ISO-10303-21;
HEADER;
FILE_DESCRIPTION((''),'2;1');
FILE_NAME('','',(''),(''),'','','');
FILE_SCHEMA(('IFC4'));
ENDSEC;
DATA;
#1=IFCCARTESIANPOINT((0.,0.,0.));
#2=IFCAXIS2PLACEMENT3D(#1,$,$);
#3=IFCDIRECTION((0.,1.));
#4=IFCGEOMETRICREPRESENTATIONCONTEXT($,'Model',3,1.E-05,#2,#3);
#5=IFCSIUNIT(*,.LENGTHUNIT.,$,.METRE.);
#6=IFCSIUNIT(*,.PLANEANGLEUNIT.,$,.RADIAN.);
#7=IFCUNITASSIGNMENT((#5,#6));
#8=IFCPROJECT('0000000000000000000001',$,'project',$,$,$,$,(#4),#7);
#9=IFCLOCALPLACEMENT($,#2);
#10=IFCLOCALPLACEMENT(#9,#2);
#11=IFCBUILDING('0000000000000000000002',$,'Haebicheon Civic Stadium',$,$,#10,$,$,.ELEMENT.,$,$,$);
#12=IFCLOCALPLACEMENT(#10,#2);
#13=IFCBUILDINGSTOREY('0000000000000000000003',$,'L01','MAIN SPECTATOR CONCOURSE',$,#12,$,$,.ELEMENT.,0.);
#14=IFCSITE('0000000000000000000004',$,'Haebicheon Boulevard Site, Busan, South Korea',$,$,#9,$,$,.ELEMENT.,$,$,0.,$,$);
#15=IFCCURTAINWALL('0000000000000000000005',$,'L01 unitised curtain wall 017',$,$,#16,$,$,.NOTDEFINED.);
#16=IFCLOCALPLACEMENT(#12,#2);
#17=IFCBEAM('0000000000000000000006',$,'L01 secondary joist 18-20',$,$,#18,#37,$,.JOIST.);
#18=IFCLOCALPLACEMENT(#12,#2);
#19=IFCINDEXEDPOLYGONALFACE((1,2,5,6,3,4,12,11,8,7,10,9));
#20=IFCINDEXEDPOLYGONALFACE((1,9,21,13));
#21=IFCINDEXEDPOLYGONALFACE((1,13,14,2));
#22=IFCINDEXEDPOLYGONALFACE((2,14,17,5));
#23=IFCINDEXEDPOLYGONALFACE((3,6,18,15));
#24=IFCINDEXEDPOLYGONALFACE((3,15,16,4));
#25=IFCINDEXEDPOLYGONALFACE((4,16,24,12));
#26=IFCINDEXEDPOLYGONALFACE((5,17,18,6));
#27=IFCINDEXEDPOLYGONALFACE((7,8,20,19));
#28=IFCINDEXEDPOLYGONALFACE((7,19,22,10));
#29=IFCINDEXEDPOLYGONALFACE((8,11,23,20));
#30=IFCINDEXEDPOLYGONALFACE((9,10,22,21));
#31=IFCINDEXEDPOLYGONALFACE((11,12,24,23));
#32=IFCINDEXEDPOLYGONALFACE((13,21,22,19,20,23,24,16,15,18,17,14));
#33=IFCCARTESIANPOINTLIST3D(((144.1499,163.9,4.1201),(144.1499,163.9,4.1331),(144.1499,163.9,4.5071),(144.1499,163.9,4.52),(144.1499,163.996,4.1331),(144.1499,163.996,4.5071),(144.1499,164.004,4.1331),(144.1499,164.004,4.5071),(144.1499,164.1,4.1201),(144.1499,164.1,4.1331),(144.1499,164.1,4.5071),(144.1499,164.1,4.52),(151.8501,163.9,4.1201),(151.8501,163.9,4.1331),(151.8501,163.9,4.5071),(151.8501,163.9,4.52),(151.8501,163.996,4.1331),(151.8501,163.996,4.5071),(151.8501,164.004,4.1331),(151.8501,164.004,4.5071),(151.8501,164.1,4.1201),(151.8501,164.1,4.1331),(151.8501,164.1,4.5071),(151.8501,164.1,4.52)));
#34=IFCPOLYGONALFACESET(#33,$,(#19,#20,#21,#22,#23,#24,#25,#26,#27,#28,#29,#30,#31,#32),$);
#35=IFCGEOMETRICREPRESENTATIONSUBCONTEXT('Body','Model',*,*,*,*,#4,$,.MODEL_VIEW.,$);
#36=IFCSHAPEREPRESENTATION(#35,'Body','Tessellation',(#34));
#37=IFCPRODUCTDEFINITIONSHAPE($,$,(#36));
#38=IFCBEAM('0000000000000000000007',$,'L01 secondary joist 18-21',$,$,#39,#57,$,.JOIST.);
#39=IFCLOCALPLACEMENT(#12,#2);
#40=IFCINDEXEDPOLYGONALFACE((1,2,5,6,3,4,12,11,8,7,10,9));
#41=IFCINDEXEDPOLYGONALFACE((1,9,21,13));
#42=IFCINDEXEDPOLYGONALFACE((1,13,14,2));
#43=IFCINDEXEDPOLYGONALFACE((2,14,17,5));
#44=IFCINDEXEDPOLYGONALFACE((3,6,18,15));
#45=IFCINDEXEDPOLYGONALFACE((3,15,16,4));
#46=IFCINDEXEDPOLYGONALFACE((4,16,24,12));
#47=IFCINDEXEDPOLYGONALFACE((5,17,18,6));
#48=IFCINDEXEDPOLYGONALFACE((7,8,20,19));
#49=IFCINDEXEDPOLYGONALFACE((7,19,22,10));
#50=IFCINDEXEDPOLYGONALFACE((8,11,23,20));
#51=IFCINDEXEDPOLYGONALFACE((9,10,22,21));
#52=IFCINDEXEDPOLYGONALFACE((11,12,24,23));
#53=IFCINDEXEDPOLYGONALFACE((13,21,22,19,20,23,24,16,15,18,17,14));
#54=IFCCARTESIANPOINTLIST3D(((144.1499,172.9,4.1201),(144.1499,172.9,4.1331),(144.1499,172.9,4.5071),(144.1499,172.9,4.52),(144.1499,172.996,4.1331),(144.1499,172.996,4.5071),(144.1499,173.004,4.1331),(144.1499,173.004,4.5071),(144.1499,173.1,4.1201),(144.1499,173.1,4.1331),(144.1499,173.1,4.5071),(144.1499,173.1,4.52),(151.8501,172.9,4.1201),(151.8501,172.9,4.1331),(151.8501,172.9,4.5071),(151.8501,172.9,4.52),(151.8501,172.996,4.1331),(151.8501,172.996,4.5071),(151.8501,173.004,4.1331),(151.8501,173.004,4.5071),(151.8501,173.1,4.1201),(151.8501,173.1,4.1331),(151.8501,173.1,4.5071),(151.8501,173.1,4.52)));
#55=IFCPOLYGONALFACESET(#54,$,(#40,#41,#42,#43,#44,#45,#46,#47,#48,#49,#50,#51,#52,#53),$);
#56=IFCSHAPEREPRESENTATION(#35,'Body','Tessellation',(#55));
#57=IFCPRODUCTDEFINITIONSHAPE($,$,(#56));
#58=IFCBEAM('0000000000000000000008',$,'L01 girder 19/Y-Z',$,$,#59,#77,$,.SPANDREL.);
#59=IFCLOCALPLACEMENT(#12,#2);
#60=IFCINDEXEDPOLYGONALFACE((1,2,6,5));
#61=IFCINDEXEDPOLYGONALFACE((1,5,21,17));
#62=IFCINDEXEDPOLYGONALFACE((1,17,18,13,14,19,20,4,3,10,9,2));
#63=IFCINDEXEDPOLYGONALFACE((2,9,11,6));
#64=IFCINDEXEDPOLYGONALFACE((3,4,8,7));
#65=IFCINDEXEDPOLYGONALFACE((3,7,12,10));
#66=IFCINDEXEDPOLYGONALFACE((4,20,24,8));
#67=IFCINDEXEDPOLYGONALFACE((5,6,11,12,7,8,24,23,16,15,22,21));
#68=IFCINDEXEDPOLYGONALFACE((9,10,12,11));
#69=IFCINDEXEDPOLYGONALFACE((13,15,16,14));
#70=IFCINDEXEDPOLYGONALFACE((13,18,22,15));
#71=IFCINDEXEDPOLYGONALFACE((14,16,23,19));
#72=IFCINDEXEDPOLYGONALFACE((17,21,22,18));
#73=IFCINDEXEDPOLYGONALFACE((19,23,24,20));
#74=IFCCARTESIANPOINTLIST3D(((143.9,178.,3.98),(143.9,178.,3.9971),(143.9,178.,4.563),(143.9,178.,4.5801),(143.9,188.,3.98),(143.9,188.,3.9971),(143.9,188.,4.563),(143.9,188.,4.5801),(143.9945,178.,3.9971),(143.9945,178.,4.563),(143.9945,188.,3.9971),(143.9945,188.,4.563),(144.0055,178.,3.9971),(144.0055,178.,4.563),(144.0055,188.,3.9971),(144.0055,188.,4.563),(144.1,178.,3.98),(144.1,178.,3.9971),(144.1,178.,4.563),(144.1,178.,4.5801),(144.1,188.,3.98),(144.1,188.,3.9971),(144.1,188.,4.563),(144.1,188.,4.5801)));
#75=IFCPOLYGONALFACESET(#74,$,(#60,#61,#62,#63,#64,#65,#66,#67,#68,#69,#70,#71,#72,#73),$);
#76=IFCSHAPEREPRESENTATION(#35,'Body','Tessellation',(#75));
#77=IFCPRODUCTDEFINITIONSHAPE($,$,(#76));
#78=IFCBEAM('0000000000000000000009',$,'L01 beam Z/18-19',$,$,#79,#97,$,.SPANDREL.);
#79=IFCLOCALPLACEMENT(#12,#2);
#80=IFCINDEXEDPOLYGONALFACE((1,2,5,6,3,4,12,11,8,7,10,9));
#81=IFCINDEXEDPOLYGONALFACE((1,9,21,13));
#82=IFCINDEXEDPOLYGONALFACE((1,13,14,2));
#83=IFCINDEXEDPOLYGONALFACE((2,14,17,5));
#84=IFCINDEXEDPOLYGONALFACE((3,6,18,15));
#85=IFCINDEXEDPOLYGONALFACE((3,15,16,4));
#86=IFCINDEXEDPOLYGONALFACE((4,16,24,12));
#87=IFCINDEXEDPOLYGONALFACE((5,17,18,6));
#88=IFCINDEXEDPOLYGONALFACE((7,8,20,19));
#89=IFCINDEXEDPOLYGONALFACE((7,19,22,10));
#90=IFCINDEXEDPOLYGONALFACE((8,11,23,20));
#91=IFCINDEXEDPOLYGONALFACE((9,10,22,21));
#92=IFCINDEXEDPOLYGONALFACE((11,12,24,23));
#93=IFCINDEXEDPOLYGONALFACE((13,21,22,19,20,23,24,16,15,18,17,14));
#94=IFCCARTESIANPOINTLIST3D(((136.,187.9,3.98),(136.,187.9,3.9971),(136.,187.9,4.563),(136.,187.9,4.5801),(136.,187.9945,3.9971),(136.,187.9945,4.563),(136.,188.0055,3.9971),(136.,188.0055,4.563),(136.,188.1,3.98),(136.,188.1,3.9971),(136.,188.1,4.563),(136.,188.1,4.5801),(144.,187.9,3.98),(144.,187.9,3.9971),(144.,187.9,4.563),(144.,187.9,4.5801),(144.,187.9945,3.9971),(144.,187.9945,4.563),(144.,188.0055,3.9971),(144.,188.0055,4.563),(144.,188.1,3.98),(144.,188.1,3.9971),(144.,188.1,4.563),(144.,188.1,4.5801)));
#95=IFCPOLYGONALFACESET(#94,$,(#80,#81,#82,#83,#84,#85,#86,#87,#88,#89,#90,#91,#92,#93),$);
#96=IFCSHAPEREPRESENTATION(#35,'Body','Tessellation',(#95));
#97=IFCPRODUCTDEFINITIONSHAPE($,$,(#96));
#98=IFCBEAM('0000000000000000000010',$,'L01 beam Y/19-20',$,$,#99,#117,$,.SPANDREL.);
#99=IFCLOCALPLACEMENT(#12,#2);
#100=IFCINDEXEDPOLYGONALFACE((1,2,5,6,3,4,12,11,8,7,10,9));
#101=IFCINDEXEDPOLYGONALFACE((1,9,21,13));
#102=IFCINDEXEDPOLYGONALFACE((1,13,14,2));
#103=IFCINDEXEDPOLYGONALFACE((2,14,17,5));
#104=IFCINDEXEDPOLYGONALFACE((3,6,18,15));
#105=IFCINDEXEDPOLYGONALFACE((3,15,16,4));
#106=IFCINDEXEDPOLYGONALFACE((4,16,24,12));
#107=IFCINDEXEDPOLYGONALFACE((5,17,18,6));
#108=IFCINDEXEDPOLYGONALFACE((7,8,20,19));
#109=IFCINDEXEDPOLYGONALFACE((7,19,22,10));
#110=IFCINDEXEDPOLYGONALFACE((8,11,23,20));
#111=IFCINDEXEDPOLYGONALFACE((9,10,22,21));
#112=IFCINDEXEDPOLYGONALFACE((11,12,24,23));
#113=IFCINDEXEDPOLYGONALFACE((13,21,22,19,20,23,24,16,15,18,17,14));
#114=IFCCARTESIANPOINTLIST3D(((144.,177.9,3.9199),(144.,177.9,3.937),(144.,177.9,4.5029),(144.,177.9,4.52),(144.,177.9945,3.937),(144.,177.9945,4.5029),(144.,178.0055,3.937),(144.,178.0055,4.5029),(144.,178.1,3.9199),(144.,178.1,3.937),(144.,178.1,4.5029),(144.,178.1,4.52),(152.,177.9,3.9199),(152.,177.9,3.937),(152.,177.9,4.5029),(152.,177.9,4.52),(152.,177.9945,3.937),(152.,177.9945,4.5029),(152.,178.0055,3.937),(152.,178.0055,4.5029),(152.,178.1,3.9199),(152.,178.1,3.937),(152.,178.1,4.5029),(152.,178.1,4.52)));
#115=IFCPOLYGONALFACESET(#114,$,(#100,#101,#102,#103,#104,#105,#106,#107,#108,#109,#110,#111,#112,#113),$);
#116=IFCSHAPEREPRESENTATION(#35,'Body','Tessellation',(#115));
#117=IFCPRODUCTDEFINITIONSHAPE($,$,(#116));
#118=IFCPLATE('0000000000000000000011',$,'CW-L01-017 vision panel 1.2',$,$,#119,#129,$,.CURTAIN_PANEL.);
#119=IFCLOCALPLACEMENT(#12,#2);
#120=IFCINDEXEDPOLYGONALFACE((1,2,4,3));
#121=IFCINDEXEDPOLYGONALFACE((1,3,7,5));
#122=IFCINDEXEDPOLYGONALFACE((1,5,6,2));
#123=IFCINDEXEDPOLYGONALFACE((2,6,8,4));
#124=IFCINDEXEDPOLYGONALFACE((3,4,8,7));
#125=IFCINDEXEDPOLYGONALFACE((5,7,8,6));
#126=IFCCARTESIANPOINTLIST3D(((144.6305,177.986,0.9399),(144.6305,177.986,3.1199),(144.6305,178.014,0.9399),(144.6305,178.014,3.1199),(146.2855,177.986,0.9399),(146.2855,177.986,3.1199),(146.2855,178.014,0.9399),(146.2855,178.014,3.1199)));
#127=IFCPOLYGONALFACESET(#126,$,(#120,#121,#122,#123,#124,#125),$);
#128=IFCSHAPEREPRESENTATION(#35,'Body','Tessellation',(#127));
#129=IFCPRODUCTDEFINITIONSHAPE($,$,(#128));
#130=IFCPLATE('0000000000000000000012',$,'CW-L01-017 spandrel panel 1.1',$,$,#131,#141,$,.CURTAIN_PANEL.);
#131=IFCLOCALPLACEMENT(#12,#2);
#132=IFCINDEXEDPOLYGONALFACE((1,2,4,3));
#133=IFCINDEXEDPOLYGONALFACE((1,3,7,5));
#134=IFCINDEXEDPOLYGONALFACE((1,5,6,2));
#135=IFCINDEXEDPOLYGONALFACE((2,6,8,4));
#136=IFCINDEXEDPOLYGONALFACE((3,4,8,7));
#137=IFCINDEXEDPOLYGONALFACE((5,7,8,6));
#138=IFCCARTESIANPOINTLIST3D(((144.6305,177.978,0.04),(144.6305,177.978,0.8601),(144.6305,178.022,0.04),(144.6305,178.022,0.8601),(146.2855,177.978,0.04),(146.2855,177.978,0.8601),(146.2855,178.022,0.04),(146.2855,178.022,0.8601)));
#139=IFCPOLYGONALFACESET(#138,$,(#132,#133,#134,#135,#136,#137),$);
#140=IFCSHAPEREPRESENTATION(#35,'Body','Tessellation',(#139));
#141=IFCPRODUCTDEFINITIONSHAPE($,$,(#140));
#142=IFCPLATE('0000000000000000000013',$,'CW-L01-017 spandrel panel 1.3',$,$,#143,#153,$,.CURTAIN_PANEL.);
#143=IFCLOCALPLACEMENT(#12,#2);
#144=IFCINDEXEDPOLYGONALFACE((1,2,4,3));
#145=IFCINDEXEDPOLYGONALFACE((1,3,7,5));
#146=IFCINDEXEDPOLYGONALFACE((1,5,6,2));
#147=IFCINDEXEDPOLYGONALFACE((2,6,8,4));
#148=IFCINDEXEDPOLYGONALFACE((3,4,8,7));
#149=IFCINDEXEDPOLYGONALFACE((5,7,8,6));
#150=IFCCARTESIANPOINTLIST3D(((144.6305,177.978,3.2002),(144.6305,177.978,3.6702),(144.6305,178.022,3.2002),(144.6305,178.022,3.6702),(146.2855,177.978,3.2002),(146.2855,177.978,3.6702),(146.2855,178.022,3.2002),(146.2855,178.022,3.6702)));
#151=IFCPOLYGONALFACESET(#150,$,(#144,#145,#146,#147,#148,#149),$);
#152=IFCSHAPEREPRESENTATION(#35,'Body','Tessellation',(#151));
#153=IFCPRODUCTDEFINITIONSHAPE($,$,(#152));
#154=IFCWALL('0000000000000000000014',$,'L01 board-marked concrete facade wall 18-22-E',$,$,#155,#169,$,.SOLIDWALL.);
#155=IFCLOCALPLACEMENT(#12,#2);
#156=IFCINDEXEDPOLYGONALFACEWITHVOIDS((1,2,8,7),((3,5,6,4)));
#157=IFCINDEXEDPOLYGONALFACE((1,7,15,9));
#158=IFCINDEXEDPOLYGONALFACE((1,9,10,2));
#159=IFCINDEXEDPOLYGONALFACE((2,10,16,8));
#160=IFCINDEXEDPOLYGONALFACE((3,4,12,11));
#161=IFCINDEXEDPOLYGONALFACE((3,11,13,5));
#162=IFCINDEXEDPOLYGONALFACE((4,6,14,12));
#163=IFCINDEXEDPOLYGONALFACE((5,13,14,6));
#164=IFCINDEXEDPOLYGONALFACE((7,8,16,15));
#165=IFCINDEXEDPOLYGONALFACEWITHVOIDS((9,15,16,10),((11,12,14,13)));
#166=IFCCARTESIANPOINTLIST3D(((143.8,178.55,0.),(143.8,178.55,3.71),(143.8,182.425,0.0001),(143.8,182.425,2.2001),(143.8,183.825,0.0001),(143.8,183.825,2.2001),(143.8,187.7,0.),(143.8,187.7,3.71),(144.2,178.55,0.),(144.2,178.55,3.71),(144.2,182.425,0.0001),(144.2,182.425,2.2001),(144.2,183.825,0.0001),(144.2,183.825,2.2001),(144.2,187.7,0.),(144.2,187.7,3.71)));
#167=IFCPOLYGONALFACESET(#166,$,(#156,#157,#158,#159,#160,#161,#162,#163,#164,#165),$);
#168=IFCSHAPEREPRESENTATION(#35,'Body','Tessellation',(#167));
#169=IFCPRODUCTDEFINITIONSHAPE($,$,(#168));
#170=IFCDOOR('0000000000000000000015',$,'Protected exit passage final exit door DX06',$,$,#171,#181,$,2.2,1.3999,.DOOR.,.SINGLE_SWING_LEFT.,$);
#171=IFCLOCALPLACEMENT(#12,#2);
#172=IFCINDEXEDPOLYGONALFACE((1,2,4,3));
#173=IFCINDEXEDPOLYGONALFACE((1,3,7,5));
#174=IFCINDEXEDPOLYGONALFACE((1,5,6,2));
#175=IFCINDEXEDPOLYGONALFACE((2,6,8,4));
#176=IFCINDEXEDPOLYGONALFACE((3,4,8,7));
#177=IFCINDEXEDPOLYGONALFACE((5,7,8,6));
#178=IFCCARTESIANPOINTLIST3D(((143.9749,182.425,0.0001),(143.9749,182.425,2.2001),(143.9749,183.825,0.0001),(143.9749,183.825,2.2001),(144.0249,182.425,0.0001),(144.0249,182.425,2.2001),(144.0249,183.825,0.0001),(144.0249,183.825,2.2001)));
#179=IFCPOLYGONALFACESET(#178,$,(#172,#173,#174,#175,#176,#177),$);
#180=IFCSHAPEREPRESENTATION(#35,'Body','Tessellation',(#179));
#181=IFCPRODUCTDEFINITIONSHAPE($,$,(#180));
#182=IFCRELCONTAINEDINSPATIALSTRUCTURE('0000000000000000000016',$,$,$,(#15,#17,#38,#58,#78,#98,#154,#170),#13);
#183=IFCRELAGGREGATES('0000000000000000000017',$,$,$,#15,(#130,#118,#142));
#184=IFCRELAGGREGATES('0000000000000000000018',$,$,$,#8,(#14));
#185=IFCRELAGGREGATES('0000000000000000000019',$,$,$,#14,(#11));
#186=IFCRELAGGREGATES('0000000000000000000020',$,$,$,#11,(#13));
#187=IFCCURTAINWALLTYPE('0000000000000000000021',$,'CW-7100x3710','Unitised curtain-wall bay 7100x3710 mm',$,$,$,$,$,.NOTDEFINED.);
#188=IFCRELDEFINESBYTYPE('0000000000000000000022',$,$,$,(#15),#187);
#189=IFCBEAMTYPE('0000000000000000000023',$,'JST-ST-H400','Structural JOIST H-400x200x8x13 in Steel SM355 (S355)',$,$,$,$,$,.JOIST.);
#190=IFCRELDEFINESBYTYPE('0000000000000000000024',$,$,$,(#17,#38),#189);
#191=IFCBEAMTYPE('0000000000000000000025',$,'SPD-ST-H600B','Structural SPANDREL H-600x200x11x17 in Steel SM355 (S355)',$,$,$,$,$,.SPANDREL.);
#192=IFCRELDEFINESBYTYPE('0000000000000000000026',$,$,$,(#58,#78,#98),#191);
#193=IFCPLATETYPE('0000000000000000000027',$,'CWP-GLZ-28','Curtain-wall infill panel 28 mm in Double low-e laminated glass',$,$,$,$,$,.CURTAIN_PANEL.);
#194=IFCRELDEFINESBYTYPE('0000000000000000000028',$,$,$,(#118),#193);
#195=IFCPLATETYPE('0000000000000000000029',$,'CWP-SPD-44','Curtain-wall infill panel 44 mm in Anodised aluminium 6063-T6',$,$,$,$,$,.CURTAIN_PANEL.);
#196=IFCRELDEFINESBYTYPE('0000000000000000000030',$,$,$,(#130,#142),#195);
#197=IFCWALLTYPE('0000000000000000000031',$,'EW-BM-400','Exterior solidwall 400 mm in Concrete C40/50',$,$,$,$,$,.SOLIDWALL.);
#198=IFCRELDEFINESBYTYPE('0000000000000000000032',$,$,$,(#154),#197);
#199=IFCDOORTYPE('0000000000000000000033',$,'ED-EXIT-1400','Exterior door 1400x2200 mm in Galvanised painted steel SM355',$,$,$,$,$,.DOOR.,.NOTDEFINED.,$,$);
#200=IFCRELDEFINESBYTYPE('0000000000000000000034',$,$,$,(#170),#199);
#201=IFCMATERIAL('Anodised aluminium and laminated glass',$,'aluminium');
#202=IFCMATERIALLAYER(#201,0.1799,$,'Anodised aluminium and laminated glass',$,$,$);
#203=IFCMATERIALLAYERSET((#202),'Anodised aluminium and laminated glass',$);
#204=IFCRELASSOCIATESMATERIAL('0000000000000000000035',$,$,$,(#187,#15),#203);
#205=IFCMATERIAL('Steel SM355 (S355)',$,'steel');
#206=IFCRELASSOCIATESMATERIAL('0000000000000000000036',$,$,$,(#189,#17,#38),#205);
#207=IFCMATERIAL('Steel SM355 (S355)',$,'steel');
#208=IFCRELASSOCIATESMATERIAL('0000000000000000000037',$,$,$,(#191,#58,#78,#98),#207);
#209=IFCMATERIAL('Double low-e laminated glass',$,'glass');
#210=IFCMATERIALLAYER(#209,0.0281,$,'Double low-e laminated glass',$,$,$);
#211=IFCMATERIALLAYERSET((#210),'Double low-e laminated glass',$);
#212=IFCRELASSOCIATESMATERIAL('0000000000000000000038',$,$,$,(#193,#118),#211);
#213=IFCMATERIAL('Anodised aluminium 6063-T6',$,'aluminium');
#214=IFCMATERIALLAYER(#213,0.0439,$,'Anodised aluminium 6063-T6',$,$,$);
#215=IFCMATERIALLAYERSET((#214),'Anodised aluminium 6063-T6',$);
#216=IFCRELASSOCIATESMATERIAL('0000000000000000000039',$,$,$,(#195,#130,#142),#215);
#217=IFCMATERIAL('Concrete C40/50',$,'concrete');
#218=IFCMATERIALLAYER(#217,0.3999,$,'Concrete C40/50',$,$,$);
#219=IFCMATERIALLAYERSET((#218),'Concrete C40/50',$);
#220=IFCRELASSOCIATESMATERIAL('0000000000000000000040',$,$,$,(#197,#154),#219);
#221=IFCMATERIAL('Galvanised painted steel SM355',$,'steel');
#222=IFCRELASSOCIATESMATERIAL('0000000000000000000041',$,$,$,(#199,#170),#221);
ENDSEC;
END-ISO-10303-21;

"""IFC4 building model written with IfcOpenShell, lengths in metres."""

from ifc_helpers import new_model, si_unit, direction, frame, frame_2d, origin, origin_2d, place, context, subcontext, project, spatial, rectangle, i_section, extrude, material, layer, layer_set, material_profile, profile_set, type_object, element, fill, aggregate, save


model = new_model("IFC4")

# Units and contexts
model_context = context("Model", 3, precision=1e-05, world=origin(), true_north=direction((0.0, 1.0)))
body_context = subcontext(model_context, "Body", "Model", "MODEL_VIEW")
ifc_project = project(units=[si_unit("LENGTHUNIT", "METRE"), si_unit("PLANEANGLEUNIT", "RADIAN")], contexts=[model_context])

# Site, building, storey
site_placement = place(None, origin())
site = spatial("IfcSite", under=ifc_project, at=site_placement, Name="Haebicheon Boulevard Site, Busan, South Korea", CompositionType="ELEMENT", RefElevation=0.0)
building_placement = place(site_placement, origin())
building = spatial("IfcBuilding", under=site, at=building_placement, Name="Haebicheon Civic Stadium", CompositionType="ELEMENT")
storey_placement = place(building_placement, origin())
storey = spatial("IfcBuildingStorey", under=building, at=storey_placement, Name="L01", Description="MAIN SPECTATOR CONCOURSE", CompositionType="ELEMENT", Elevation=0.0)

# Curtain wall
ifc_material_1 = material(Name="Anodised aluminium and laminated glass", Category="aluminium")
ifc_layer_1 = layer(ifc_material_1, 0.1799, Name="Anodised aluminium and laminated glass")
ifc_layer_set_1 = layer_set([ifc_layer_1], Name="Anodised aluminium and laminated glass")
curtain_wall_type = type_object("IfcCurtainWallType", Name="CW-7100x3710", Description="Unitised curtain-wall bay 7100x3710 mm", PredefinedType="NOTDEFINED", material=ifc_layer_set_1)
curtain_wall_placement = place(storey_placement, origin())
curtain_wall = element("IfcCurtainWall", 1, at=curtain_wall_placement, inside=storey, type_object=curtain_wall_type, material=ifc_layer_set_1, Name="L01 unitised curtain wall 017", PredefinedType="NOTDEFINED")

# Beams
ifc_material_2 = material(Name="Steel SM355 (S355)", Category="steel")
ifc_material_profile_1 = material_profile(ifc_material_2, i_section(OverallWidth=0.2, OverallDepth=0.3999, WebThickness=0.0081, FlangeThickness=0.0129, at=origin_2d()), Name="H-400x200x8x13")
ifc_profile_set_1 = profile_set([ifc_material_profile_1], Name="Steel SM355 (S355)")
beam_type_1 = type_object("IfcBeamType", Name="JST-ST-H400", Description="Structural JOIST H-400x200x8x13 in Steel SM355 (S355)", PredefinedType="JOIST", material=ifc_profile_set_1)
for number, where, z_axis, x_axis, name in (
    (2, (144.1499, 164.0, 4.3201), (1.0, 0.0, 0.0), (0.0, 1.0, 0.0), "L01 secondary joist 18-20"),
    (3, (144.1499, 173.0, 4.3201), (1.0, 0.0, 0.0), (0.0, 1.0, 0.0), "L01 secondary joist 18-21"),
):
    element("IfcBeam", number, at=place(storey_placement, frame(where, z_axis=z_axis, x_axis=x_axis)), inside=storey, type_object=beam_type_1, material=ifc_profile_set_1, Name=name, PredefinedType="JOIST", context=body_context, shape_type="SweptSolid", body=[
        extrude(i_section(OverallWidth=0.2, OverallDepth=0.3999, WebThickness=0.0081, FlangeThickness=0.0129, at=origin_2d()), origin(), (0.0, 0.0, 1.0), 7.7002),
    ])
ifc_material_3 = material(Name="Steel SM355 (S355)", Category="steel")
ifc_material_profile_2 = material_profile(ifc_material_3, i_section(OverallWidth=0.2, OverallDepth=0.6001, WebThickness=0.011, FlangeThickness=0.0171, at=origin_2d()), Name="H-600x200x11x17")
ifc_profile_set_2 = profile_set([ifc_material_profile_2], Name="Steel SM355 (S355)")
beam_type_2 = type_object("IfcBeamType", Name="SPD-ST-H600B", Description="Structural SPANDREL H-600x200x11x17 in Steel SM355 (S355)", PredefinedType="SPANDREL", material=ifc_profile_set_2)
beam_1_placement = place(storey_placement, frame((144.0, 178.0, 4.28), z_axis=(0.0, 1.0, 0.0), x_axis=(-1.0, 0.0, 0.0)))
element("IfcBeam", 4, at=beam_1_placement, inside=storey, type_object=beam_type_2, material=ifc_profile_set_2, Name="L01 girder 19/Y-Z", PredefinedType="SPANDREL", context=body_context, shape_type="SweptSolid", body=[
    extrude(i_section(OverallWidth=0.2, OverallDepth=0.6001, WebThickness=0.011, FlangeThickness=0.0171, at=origin_2d()), origin(), (0.0, 0.0, 1.0), 10.0),
])
for number, where, z_axis, x_axis, name in (
    (5, (136.0, 188.0, 4.28), (1.0, 0.0, 0.0), (0.0, 1.0, 0.0), "L01 beam Z/18-19"),
    (6, (144.0, 178.0, 4.22), (1.0, 0.0, 0.0), (0.0, 1.0, 0.0), "L01 beam Y/19-20"),
):
    element("IfcBeam", number, at=place(storey_placement, frame(where, z_axis=z_axis, x_axis=x_axis)), inside=storey, type_object=beam_type_2, material=ifc_profile_set_2, Name=name, PredefinedType="SPANDREL", context=body_context, shape_type="SweptSolid", body=[
        extrude(i_section(OverallWidth=0.2, OverallDepth=0.6001, WebThickness=0.011, FlangeThickness=0.0171, at=origin_2d()), origin(), (0.0, 0.0, 1.0), 8.0),
    ])

# Plates
ifc_material_4 = material(Name="Double low-e laminated glass", Category="glass")
ifc_layer_2 = layer(ifc_material_4, 0.0281, Name="Double low-e laminated glass")
ifc_layer_set_2 = layer_set([ifc_layer_2], Name="Double low-e laminated glass")
plate_type_1 = type_object("IfcPlateType", Name="CWP-GLZ-28", Description="Curtain-wall infill panel 28 mm in Double low-e laminated glass", PredefinedType="CURTAIN_PANEL", material=ifc_layer_set_2)
plate_1_placement = place(storey_placement, frame((145.458, 178.0, 0.9399), z_axis=(0.0, 0.0, 1.0), x_axis=(1.0, 0.0, 0.0)))
plate_1 = element("IfcPlate", 7, at=plate_1_placement, type_object=plate_type_1, material=ifc_layer_set_2, Name="CW-L01-017 vision panel 1.2", PredefinedType="CURTAIN_PANEL", context=body_context, shape_type="SweptSolid", body=[
    extrude(rectangle(XDim=1.655, YDim=0.0281, at=origin_2d()), origin(), (0.0, 0.0, 1.0), 2.1799),
])
ifc_material_5 = material(Name="Anodised aluminium 6063-T6", Category="aluminium")
ifc_layer_3 = layer(ifc_material_5, 0.0439, Name="Anodised aluminium 6063-T6")
ifc_layer_set_3 = layer_set([ifc_layer_3], Name="Anodised aluminium 6063-T6")
plate_type_2 = type_object("IfcPlateType", Name="CWP-SPD-44", Description="Curtain-wall infill panel 44 mm in Anodised aluminium 6063-T6", PredefinedType="CURTAIN_PANEL", material=ifc_layer_set_3)
plate_2_placement = place(storey_placement, frame((145.458, 178.0, 0.04), z_axis=(0.0, 0.0, 1.0), x_axis=(1.0, 0.0, 0.0)))
plate_2 = element("IfcPlate", 8, at=plate_2_placement, type_object=plate_type_2, material=ifc_layer_set_3, Name="CW-L01-017 spandrel panel 1.1", PredefinedType="CURTAIN_PANEL", context=body_context, shape_type="SweptSolid", body=[
    extrude(rectangle(XDim=1.655, YDim=0.0439, at=origin_2d()), origin(), (0.0, 0.0, 1.0), 0.8201),
])
plate_3_placement = place(storey_placement, frame((145.458, 178.0, 3.2002), z_axis=(0.0, 0.0, 1.0), x_axis=(1.0, 0.0, 0.0)))
plate_3 = element("IfcPlate", 9, at=plate_3_placement, type_object=plate_type_2, material=ifc_layer_set_3, Name="CW-L01-017 spandrel panel 1.3", PredefinedType="CURTAIN_PANEL", context=body_context, shape_type="SweptSolid", body=[
    extrude(rectangle(XDim=1.655, YDim=0.0439, at=origin_2d()), origin(), (0.0, 0.0, 1.0), 0.47),
])
aggregate(curtain_wall, [plate_2, plate_1, plate_3])

# Wall, opening, door
ifc_material_6 = material(Name="Concrete C40/50", Category="concrete")
ifc_layer_4 = layer(ifc_material_6, 0.3999, Name="Concrete C40/50")
ifc_layer_set_4 = layer_set([ifc_layer_4], Name="Concrete C40/50")
wall_type_1 = type_object("IfcWallType", Name="EW-BM-400", Description="Exterior solidwall 400 mm in Concrete C40/50", PredefinedType="SOLIDWALL", material=ifc_layer_set_4)
wall_1_placement = place(storey_placement, frame((144.0, 187.7, 0.0), z_axis=(0.0, 0.0, 1.0), x_axis=(0.0, -1.0, 0.0)))
wall_1 = element("IfcWall", 10, at=wall_1_placement, inside=storey, type_object=wall_type_1, material=ifc_layer_set_4, Name="L01 board-marked concrete facade wall 18-22-E", PredefinedType="SOLIDWALL", context=body_context, shape_type="SweptSolid", body=[
    extrude(rectangle(XDim=9.1499, YDim=0.3999, at=frame_2d((4.575, 0.0))), origin(), (0.0, 0.0, 1.0), 3.71),
])
opening_placement = place(wall_1_placement, frame((3.875, 0.0, 0.0)))
opening = element("IfcOpeningElement", 11, at=opening_placement, cuts=wall_1, PredefinedType="OPENING", context=body_context, shape_type="SweptSolid", body=[
    extrude(rectangle(XDim=1.3999, YDim=2.2, at=frame_2d((0.7, 1.1001))), frame((0.0, 0.21, 0.0), z_axis=(0.0, -1.0, 0.0), x_axis=(1.0, 0.0, 0.0)), (0.0, 0.0, 1.0), 0.4199),
])
ifc_material_7 = material(Name="Galvanised painted steel SM355", Category="steel")
door_type = type_object("IfcDoorType", Name="ED-EXIT-1400", Description="Exterior door 1400x2200 mm in Galvanised painted steel SM355", OperationType="NOTDEFINED", PredefinedType="DOOR", material=ifc_material_7)
door_placement = place(opening_placement, origin())
door = element("IfcDoor", 12, at=door_placement, inside=storey, type_object=door_type, material=ifc_material_7, Name="Protected exit passage final exit door DX06", OperationType="SINGLE_SWING_LEFT", OverallHeight=2.2, OverallWidth=1.3999, PredefinedType="DOOR", context=body_context, shape_type="SweptSolid", body=[
    extrude(rectangle(XDim=1.3999, YDim=2.2, at=frame_2d((0.7, 1.1001))), frame((0.0, 0.0249, 0.0), z_axis=(0.0, -1.0, 0.0), x_axis=(1.0, 0.0, 0.0)), (0.0, 0.0, 1.0), 0.05),
])
fill(opening, door)

save(model, "model.ifc")
